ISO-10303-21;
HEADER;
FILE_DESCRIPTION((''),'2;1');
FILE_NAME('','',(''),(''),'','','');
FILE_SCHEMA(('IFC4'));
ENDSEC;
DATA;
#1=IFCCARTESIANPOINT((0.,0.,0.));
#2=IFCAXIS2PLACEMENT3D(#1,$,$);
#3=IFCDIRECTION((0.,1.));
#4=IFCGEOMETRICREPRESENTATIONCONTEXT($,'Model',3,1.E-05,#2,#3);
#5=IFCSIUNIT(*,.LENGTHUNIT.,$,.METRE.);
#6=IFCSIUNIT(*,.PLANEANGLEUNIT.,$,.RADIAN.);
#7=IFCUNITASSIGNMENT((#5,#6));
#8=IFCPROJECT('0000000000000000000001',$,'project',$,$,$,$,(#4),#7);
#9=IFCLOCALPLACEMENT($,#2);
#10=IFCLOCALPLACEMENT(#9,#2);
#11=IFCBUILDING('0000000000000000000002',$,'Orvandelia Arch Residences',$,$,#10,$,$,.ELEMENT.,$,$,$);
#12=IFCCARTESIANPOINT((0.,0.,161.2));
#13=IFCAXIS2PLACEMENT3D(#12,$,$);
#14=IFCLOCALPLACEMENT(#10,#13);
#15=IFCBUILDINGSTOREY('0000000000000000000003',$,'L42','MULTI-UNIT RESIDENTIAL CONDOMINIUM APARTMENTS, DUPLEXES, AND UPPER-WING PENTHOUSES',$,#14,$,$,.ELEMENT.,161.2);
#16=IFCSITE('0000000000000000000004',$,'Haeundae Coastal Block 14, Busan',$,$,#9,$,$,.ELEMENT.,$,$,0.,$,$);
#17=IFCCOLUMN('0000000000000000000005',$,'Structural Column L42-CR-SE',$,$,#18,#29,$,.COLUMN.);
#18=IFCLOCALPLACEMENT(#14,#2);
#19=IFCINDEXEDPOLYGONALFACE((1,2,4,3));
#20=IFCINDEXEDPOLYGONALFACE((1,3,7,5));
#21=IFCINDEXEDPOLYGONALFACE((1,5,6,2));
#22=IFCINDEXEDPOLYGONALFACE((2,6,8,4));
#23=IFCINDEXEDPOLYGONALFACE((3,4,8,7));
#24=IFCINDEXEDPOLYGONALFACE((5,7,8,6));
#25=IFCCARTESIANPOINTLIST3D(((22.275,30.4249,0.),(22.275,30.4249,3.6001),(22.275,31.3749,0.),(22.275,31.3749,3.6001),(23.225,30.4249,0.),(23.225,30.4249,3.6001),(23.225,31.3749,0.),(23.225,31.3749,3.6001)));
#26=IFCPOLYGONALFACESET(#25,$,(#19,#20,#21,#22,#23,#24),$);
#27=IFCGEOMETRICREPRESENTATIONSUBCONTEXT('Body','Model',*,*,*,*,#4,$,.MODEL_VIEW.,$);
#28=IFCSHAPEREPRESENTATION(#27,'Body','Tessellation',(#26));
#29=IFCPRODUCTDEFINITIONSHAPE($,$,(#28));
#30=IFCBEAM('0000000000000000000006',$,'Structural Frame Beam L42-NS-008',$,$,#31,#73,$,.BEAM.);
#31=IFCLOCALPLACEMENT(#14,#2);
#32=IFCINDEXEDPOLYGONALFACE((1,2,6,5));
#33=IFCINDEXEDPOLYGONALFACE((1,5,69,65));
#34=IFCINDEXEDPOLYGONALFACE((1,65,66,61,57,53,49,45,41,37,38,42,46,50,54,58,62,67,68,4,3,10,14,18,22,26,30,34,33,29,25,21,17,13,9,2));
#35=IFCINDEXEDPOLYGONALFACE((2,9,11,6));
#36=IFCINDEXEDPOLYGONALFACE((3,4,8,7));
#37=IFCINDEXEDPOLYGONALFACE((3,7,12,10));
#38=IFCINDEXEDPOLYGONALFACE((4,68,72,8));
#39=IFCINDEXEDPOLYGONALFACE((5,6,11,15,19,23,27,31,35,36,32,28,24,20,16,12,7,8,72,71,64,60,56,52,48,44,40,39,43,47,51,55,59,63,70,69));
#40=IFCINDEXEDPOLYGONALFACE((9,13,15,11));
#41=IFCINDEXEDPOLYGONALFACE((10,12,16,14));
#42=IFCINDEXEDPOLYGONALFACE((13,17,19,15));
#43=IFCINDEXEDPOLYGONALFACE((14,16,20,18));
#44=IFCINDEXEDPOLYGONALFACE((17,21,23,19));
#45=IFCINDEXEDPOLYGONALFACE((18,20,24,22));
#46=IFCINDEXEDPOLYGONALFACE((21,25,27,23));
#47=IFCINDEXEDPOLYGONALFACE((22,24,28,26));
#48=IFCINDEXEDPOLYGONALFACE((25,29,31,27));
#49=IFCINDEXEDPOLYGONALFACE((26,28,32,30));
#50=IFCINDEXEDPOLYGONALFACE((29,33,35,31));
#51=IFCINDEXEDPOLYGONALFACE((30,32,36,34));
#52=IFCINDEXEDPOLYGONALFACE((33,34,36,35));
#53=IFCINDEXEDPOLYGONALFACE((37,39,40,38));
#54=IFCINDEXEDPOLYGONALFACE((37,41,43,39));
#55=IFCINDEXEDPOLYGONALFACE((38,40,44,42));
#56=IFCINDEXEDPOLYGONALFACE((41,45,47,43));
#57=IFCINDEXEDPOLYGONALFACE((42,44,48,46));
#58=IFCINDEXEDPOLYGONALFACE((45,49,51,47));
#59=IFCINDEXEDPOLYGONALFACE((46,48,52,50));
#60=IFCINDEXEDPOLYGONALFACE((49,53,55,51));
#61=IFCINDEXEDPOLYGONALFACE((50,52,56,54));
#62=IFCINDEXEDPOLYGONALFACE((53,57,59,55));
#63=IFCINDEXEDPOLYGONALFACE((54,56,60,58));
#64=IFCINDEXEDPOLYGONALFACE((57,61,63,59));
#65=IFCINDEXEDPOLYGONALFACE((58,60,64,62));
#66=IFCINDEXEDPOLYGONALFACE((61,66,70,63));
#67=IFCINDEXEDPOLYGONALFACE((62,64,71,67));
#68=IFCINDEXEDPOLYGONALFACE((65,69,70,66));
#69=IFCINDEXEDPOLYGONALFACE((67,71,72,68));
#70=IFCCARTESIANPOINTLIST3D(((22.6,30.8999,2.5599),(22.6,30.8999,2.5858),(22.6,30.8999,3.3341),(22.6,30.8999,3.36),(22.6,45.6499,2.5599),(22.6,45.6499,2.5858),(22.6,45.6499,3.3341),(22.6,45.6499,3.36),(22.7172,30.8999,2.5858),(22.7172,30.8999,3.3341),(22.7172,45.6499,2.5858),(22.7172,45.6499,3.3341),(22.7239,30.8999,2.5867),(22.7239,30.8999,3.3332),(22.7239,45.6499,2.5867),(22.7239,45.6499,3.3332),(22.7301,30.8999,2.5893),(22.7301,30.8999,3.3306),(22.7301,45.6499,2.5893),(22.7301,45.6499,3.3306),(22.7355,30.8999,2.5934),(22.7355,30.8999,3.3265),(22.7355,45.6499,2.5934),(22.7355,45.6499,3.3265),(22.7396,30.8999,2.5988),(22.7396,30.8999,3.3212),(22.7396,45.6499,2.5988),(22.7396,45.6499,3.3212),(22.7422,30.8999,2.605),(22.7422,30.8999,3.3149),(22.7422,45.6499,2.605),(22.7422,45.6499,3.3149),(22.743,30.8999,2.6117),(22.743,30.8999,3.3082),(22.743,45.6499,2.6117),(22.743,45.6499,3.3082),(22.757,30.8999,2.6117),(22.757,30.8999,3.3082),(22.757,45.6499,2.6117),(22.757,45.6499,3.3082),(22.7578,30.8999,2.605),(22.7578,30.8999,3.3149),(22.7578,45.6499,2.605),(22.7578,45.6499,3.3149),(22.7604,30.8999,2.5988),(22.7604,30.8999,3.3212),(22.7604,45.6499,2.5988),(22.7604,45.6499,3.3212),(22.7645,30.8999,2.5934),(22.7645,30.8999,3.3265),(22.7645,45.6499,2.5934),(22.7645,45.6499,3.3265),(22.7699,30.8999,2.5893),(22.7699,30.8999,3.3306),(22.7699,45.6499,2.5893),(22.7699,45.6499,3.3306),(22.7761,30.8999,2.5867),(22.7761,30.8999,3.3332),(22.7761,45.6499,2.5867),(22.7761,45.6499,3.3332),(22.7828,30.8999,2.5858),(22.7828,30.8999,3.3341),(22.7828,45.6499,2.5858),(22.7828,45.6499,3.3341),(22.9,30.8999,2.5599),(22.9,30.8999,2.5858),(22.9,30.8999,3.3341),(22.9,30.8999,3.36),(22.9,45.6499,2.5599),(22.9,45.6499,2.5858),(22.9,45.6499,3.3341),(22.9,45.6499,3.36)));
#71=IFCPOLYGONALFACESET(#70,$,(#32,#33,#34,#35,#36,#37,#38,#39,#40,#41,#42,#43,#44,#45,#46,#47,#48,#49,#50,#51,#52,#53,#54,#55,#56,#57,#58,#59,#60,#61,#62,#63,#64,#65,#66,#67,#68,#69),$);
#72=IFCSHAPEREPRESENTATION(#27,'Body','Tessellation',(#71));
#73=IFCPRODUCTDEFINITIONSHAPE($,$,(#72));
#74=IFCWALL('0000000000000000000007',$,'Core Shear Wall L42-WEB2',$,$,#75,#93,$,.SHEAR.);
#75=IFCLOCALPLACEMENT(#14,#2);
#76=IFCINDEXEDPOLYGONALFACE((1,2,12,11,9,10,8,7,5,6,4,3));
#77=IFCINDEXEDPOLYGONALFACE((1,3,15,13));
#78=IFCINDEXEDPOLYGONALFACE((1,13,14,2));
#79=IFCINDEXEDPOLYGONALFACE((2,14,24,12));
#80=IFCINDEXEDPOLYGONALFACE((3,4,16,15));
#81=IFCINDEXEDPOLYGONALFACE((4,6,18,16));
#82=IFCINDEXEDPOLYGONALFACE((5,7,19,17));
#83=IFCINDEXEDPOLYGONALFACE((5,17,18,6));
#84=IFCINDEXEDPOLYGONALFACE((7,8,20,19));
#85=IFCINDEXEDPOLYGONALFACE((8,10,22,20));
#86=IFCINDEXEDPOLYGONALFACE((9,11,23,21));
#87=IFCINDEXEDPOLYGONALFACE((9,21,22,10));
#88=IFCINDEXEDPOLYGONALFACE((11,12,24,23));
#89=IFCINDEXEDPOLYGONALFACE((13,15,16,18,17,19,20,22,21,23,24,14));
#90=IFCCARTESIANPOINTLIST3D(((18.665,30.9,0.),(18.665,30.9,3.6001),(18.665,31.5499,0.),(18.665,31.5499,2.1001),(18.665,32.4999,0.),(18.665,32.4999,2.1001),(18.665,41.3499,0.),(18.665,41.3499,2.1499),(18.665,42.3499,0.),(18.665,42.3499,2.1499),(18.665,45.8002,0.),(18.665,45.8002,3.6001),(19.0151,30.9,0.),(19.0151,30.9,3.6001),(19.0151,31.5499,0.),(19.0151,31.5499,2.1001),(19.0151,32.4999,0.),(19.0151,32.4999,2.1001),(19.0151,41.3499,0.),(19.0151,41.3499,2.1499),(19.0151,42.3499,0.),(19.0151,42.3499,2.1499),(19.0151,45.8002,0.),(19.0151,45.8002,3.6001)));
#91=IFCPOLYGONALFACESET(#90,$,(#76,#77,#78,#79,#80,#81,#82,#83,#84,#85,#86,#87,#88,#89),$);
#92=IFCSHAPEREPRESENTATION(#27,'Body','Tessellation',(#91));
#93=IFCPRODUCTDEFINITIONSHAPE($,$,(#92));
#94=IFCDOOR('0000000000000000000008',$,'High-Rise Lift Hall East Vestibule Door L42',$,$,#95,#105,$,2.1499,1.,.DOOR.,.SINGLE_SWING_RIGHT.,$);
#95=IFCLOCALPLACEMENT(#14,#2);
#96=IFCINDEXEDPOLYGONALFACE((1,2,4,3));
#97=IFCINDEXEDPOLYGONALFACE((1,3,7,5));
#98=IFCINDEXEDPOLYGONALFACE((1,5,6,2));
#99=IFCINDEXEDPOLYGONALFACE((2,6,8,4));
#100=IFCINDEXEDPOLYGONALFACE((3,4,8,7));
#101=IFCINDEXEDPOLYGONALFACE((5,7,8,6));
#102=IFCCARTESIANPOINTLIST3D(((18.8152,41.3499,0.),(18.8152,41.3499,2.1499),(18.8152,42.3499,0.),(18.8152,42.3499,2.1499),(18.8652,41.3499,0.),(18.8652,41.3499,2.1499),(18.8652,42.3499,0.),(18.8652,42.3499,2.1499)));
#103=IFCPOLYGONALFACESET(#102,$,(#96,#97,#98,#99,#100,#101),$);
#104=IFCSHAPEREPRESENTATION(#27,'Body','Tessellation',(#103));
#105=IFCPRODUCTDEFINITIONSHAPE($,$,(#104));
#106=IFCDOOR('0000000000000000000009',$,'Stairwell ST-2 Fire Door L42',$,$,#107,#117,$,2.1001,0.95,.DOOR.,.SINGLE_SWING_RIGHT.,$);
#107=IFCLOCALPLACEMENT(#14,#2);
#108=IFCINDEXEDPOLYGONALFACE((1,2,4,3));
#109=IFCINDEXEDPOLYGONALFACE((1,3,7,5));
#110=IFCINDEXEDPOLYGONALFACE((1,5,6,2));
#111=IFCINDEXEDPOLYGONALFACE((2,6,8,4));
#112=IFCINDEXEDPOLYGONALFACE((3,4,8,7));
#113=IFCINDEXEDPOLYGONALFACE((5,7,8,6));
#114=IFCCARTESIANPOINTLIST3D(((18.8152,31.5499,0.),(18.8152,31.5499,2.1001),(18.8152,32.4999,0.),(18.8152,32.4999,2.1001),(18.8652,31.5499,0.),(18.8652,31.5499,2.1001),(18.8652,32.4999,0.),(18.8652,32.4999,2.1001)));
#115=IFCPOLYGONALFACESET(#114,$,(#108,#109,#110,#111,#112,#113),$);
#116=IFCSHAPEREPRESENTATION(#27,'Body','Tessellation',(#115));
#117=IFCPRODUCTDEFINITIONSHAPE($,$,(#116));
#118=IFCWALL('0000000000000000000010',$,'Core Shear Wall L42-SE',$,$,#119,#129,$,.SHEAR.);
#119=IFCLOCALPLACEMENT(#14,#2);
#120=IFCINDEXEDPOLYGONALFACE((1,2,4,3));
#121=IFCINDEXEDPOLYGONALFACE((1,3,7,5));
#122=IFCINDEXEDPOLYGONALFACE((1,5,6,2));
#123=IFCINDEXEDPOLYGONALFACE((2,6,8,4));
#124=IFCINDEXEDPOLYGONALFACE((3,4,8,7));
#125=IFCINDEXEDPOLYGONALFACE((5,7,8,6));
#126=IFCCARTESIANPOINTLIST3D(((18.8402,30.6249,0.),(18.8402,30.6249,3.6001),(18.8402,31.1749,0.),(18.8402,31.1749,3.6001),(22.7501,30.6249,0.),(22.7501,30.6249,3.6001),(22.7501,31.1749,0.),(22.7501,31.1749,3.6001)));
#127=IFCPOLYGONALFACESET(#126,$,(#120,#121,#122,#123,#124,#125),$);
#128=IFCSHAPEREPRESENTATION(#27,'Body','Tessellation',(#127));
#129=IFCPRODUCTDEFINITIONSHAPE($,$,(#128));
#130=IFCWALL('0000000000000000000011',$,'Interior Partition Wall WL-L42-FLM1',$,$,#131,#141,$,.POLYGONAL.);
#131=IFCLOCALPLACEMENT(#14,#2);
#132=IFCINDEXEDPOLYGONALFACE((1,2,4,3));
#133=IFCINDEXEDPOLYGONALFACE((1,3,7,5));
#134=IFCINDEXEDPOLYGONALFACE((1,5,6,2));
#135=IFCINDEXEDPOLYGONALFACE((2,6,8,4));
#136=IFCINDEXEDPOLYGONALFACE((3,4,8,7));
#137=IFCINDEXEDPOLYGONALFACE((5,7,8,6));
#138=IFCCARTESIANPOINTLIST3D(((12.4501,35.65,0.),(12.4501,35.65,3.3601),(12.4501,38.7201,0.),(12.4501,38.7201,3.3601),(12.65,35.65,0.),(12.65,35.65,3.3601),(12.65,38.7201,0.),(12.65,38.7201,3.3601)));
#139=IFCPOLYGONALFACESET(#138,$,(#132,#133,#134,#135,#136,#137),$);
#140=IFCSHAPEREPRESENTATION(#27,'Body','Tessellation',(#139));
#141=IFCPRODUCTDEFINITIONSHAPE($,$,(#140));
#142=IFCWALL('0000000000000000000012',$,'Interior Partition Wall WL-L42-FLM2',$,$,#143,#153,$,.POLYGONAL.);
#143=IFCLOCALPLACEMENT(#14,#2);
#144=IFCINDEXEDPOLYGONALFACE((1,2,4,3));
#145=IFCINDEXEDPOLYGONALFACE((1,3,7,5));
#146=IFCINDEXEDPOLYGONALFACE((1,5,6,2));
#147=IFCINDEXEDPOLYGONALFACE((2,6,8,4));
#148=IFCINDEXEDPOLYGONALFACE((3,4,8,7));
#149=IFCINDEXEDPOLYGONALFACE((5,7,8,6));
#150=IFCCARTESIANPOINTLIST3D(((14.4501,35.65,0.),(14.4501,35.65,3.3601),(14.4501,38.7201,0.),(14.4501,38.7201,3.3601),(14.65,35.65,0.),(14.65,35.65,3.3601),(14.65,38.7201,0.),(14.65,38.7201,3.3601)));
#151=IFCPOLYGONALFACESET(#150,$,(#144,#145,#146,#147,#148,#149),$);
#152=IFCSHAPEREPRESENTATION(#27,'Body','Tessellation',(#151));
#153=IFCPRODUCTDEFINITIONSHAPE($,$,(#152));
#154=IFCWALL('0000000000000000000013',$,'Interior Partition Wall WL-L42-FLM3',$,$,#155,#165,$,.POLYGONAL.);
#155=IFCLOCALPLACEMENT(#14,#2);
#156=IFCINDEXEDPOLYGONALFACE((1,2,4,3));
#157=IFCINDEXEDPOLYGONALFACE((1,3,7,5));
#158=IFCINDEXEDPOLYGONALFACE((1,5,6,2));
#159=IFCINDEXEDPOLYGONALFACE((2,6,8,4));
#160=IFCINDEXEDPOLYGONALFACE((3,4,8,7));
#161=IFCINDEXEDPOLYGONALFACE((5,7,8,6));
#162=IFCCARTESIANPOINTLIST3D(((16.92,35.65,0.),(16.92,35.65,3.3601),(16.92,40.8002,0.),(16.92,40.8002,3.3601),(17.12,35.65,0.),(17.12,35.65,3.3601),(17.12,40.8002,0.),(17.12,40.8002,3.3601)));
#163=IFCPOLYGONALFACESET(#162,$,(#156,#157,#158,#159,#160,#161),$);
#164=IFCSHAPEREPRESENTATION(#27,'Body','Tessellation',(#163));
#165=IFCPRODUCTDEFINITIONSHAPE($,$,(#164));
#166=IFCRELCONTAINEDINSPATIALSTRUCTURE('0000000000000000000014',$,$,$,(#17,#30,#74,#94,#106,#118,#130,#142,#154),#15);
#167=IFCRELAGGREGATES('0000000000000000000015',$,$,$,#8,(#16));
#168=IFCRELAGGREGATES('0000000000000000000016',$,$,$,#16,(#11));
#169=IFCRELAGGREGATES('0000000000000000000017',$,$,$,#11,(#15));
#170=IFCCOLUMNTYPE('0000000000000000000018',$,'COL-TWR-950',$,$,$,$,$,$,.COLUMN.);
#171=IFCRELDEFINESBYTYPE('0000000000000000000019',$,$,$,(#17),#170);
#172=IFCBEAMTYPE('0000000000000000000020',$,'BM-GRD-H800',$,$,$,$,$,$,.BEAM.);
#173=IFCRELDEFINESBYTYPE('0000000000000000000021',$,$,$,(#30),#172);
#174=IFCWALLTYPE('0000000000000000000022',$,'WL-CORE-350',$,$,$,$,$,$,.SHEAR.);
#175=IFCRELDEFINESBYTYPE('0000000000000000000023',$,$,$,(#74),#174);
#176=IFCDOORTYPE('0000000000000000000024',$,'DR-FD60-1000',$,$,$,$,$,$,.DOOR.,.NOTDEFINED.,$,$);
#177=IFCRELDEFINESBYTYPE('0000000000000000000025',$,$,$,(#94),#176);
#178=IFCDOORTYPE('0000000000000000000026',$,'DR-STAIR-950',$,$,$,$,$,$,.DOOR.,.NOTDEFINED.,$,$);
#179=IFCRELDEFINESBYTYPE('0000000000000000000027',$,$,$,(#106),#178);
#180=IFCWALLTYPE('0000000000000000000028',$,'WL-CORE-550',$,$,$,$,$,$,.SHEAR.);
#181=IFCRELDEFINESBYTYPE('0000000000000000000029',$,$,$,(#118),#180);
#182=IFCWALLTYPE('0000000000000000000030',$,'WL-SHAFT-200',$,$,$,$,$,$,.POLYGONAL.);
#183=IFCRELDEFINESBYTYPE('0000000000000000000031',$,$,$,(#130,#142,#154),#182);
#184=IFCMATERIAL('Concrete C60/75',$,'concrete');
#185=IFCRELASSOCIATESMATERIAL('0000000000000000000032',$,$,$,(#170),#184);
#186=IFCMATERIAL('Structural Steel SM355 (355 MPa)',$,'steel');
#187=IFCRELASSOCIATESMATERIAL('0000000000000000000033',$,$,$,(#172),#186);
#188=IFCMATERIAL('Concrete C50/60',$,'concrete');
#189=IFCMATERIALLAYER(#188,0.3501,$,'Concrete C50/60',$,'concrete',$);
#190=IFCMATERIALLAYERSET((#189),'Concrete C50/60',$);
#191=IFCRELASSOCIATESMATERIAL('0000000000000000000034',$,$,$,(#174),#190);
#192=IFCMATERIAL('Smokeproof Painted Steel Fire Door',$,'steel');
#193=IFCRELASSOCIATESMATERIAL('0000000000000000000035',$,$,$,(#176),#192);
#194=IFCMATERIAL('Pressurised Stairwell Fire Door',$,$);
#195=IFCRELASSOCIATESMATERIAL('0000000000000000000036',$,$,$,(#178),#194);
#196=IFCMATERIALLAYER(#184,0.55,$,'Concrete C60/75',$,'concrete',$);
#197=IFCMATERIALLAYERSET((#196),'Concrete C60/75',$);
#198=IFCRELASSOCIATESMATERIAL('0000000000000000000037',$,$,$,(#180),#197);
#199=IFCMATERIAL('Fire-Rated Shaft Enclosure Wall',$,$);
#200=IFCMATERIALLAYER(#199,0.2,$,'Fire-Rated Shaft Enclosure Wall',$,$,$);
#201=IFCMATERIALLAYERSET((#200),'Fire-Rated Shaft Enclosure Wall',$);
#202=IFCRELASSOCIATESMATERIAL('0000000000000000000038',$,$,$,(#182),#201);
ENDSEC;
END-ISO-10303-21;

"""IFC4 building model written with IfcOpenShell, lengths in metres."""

from ifc_helpers import new_model, si_unit, direction, frame, frame_2d, origin, origin_2d, place, context, subcontext, project, spatial, rectangle, i_section, extrude, material, layer, layer_set, material_profile, profile_set, type_object, element, fill, save


model = new_model("IFC4")

# Units and contexts
model_context = context("Model", 3, precision=1e-05, world=origin(), true_north=direction((0.0, 1.0)))
body_context = subcontext(model_context, "Body", "Model", "MODEL_VIEW")
ifc_project = project(units=[si_unit("LENGTHUNIT", "METRE"), si_unit("PLANEANGLEUNIT", "RADIAN")], contexts=[model_context])

# Site, building, storey
site_placement = place(None, origin())
site = spatial("IfcSite", under=ifc_project, at=site_placement, Name="Haeundae Coastal Block 14, Busan", CompositionType="ELEMENT", RefElevation=0.0)
building_placement = place(site_placement, origin())
building = spatial("IfcBuilding", under=site, at=building_placement, Name="Orvandelia Arch Residences", CompositionType="ELEMENT")
storey_placement = place(building_placement, frame((0.0, 0.0, 161.2)))
storey = spatial("IfcBuildingStorey", under=building, at=storey_placement, Name="L42", Description="MULTI-UNIT RESIDENTIAL CONDOMINIUM APARTMENTS, DUPLEXES, AND UPPER-WING PENTHOUSES", CompositionType="ELEMENT", Elevation=161.2)

# Column
ifc_material_1 = material(Name="Concrete C60/75", Category="concrete")
ifc_material_profile_1 = material_profile(ifc_material_1, rectangle(XDim=0.95, YDim=0.95, at=origin_2d()), Name="Concrete C60/75", Category="concrete")
ifc_profile_set_1 = profile_set([ifc_material_profile_1], Name="Concrete C60/75")
column_type = type_object("IfcColumnType", Name="COL-TWR-950", PredefinedType="COLUMN", material=ifc_profile_set_1)
column_placement = place(storey_placement, frame((22.75, 30.8999, 0.0), z_axis=(0.0, 0.0, 1.0), x_axis=(1.0, 0.0, 0.0)))
element("IfcColumn", 1, at=column_placement, inside=storey, type_object=column_type, Name="Structural Column L42-CR-SE", PredefinedType="COLUMN", context=body_context, shape_type="SweptSolid", body=[
    extrude(rectangle(XDim=0.95, YDim=0.95, at=origin_2d()), origin(), (0.0, 0.0, 1.0), 3.6001),
])

# Beam
ifc_material_2 = material(Name="Structural Steel SM355 (355 MPa)", Category="steel")
ifc_material_profile_2 = material_profile(ifc_material_2, i_section(OverallWidth=0.3, OverallDepth=0.8, WebThickness=0.0139, FlangeThickness=0.0259, FilletRadius=0.0259, at=origin_2d()), Name="Structural Steel SM355 (355 MPa)", Category="steel")
ifc_profile_set_2 = profile_set([ifc_material_profile_2], Name="Structural Steel SM355 (355 MPa)")
beam_type = type_object("IfcBeamType", Name="BM-GRD-H800", PredefinedType="BEAM", material=ifc_profile_set_2)
beam_placement = place(storey_placement, frame((22.75, 30.8999, 2.96), z_axis=(0.0, 1.0, 0.0), x_axis=(-1.0, 0.0, 0.0)))
element("IfcBeam", 2, at=beam_placement, inside=storey, type_object=beam_type, Name="Structural Frame Beam L42-NS-008", PredefinedType="BEAM", context=body_context, shape_type="SweptSolid", body=[
    extrude(i_section(OverallWidth=0.3, OverallDepth=0.8, WebThickness=0.0139, FlangeThickness=0.0259, FilletRadius=0.0259, at=origin_2d()), origin(), (0.0, 0.0, 1.0), 14.75),
])

# Wall, openings, doors
ifc_material_3 = material(Name="Concrete C50/60", Category="concrete")
ifc_layer_1 = layer(ifc_material_3, 0.3501, Name="Concrete C50/60", Category="concrete")
ifc_layer_set_1 = layer_set([ifc_layer_1], Name="Concrete C50/60")
wall_type_1 = type_object("IfcWallType", Name="WL-CORE-350", PredefinedType="SHEAR", material=ifc_layer_set_1)
wall_1_placement = place(storey_placement, frame((18.8401, 30.8999, 0.0), z_axis=(0.0, 0.0, 1.0), x_axis=(0.0, 1.0, 0.0)))
wall_1 = element("IfcWall", 3, at=wall_1_placement, inside=storey, type_object=wall_type_1, Name="Core Shear Wall L42-WEB2", PredefinedType="SHEAR", context=body_context, shape_type="SweptSolid", body=[
    extrude(rectangle(XDim=14.9001, YDim=0.3501, at=frame_2d((7.4502, 0.0))), origin(), (0.0, 0.0, 1.0), 3.6001),
])
opening_1_placement = place(wall_1_placement, frame((0.6499, 0.0, 0.0)))
opening_1 = element("IfcOpeningElement", 4, at=opening_1_placement, cuts=wall_1, PredefinedType="OPENING", context=body_context, shape_type="SweptSolid", body=[
    extrude(rectangle(XDim=0.95, YDim=2.1001, at=frame_2d((0.4751, 1.05))), frame((0.0, 0.1851, 0.0), z_axis=(0.0, -1.0, 0.0), x_axis=(1.0, 0.0, 0.0)), (0.0, 0.0, 1.0), 0.3701),
])
opening_2_placement = place(wall_1_placement, frame((10.45, 0.0, 0.0)))
opening_2 = element("IfcOpeningElement", 5, at=opening_2_placement, cuts=wall_1, PredefinedType="OPENING", context=body_context, shape_type="SweptSolid", body=[
    extrude(rectangle(XDim=1.0, YDim=2.1499, at=frame_2d((0.5, 1.075))), frame((0.0, 0.1851, 0.0), z_axis=(0.0, -1.0, 0.0), x_axis=(1.0, 0.0, 0.0)), (0.0, 0.0, 1.0), 0.3701),
])
ifc_material_4 = material(Name="Smokeproof Painted Steel Fire Door", Category="steel")
door_type_1 = type_object("IfcDoorType", Name="DR-FD60-1000", OperationType="NOTDEFINED", PredefinedType="DOOR", material=ifc_material_4)
door_1_placement = place(opening_2_placement, origin())
door_1 = element("IfcDoor", 6, at=door_1_placement, inside=storey, type_object=door_type_1, Name="High-Rise Lift Hall East Vestibule Door L42", OperationType="SINGLE_SWING_RIGHT", OverallHeight=2.1499, OverallWidth=1.0, PredefinedType="DOOR", context=body_context, shape_type="SweptSolid", body=[
    extrude(rectangle(XDim=1.0, YDim=2.1499, at=frame_2d((0.5, 1.075))), frame((0.0, 0.0249, 0.0), z_axis=(0.0, -1.0, 0.0), x_axis=(1.0, 0.0, 0.0)), (0.0, 0.0, 1.0), 0.05),
])
fill(opening_2, door_1)
ifc_material_5 = material(Name="Pressurised Stairwell Fire Door")
door_type_2 = type_object("IfcDoorType", Name="DR-STAIR-950", OperationType="NOTDEFINED", PredefinedType="DOOR", material=ifc_material_5)
door_2_placement = place(opening_1_placement, origin())
door_2 = element("IfcDoor", 7, at=door_2_placement, inside=storey, type_object=door_type_2, Name="Stairwell ST-2 Fire Door L42", OperationType="SINGLE_SWING_RIGHT", OverallHeight=2.1001, OverallWidth=0.95, PredefinedType="DOOR", context=body_context, shape_type="SweptSolid", body=[
    extrude(rectangle(XDim=0.95, YDim=2.1001, at=frame_2d((0.4751, 1.05))), frame((0.0, 0.0249, 0.0), z_axis=(0.0, -1.0, 0.0), x_axis=(1.0, 0.0, 0.0)), (0.0, 0.0, 1.0), 0.05),
])
fill(opening_1, door_2)

# Walls
ifc_layer_2 = layer(ifc_material_1, 0.55, Name="Concrete C60/75", Category="concrete")
ifc_layer_set_2 = layer_set([ifc_layer_2], Name="Concrete C60/75")
wall_type_2 = type_object("IfcWallType", Name="WL-CORE-550", PredefinedType="SHEAR", material=ifc_layer_set_2)
wall_2_placement = place(storey_placement, frame((18.8401, 30.8999, 0.0), z_axis=(0.0, 0.0, 1.0), x_axis=(1.0, 0.0, 0.0)))
element("IfcWall", 8, at=wall_2_placement, inside=storey, type_object=wall_type_2, Name="Core Shear Wall L42-SE", PredefinedType="SHEAR", context=body_context, shape_type="SweptSolid", body=[
    extrude(rectangle(XDim=3.9099, YDim=0.55, at=frame_2d((1.9551, 0.0))), origin(), (0.0, 0.0, 1.0), 3.6001),
])
ifc_material_6 = material(Name="Fire-Rated Shaft Enclosure Wall")
ifc_layer_3 = layer(ifc_material_6, 0.2, Name="Fire-Rated Shaft Enclosure Wall")
ifc_layer_set_3 = layer_set([ifc_layer_3], Name="Fire-Rated Shaft Enclosure Wall")
wall_type_3 = type_object("IfcWallType", Name="WL-SHAFT-200", PredefinedType="POLYGONAL", material=ifc_layer_set_3)
for number, where, z_axis, x_axis, name in (
    (9, (12.55, 35.6499, 0.0), (0.0, 0.0, 1.0), (0.0, 1.0, 0.0), "Interior Partition Wall WL-L42-FLM1"),
    (10, (14.55, 35.6499, 0.0), (0.0, 0.0, 1.0), (0.0, 1.0, 0.0), "Interior Partition Wall WL-L42-FLM2"),
):
    element("IfcWall", number, at=place(storey_placement, frame(where, z_axis=z_axis, x_axis=x_axis)), inside=storey, type_object=wall_type_3, Name=name, PredefinedType="POLYGONAL", context=body_context, shape_type="SweptSolid", body=[
        extrude(rectangle(XDim=3.0701, YDim=0.2, at=frame_2d((1.5352, 0.0))), origin(), (0.0, 0.0, 1.0), 3.3601),
    ])
wall_3_placement = place(storey_placement, frame((17.02, 35.6499, 0.0), z_axis=(0.0, 0.0, 1.0), x_axis=(0.0, 1.0, 0.0)))
element("IfcWall", 11, at=wall_3_placement, inside=storey, type_object=wall_type_3, Name="Interior Partition Wall WL-L42-FLM3", PredefinedType="POLYGONAL", context=body_context, shape_type="SweptSolid", body=[
    extrude(rectangle(XDim=5.1501, YDim=0.2, at=frame_2d((2.5752, 0.0))), origin(), (0.0, 0.0, 1.0), 3.3601),
])

save(model, "model.ifc")
